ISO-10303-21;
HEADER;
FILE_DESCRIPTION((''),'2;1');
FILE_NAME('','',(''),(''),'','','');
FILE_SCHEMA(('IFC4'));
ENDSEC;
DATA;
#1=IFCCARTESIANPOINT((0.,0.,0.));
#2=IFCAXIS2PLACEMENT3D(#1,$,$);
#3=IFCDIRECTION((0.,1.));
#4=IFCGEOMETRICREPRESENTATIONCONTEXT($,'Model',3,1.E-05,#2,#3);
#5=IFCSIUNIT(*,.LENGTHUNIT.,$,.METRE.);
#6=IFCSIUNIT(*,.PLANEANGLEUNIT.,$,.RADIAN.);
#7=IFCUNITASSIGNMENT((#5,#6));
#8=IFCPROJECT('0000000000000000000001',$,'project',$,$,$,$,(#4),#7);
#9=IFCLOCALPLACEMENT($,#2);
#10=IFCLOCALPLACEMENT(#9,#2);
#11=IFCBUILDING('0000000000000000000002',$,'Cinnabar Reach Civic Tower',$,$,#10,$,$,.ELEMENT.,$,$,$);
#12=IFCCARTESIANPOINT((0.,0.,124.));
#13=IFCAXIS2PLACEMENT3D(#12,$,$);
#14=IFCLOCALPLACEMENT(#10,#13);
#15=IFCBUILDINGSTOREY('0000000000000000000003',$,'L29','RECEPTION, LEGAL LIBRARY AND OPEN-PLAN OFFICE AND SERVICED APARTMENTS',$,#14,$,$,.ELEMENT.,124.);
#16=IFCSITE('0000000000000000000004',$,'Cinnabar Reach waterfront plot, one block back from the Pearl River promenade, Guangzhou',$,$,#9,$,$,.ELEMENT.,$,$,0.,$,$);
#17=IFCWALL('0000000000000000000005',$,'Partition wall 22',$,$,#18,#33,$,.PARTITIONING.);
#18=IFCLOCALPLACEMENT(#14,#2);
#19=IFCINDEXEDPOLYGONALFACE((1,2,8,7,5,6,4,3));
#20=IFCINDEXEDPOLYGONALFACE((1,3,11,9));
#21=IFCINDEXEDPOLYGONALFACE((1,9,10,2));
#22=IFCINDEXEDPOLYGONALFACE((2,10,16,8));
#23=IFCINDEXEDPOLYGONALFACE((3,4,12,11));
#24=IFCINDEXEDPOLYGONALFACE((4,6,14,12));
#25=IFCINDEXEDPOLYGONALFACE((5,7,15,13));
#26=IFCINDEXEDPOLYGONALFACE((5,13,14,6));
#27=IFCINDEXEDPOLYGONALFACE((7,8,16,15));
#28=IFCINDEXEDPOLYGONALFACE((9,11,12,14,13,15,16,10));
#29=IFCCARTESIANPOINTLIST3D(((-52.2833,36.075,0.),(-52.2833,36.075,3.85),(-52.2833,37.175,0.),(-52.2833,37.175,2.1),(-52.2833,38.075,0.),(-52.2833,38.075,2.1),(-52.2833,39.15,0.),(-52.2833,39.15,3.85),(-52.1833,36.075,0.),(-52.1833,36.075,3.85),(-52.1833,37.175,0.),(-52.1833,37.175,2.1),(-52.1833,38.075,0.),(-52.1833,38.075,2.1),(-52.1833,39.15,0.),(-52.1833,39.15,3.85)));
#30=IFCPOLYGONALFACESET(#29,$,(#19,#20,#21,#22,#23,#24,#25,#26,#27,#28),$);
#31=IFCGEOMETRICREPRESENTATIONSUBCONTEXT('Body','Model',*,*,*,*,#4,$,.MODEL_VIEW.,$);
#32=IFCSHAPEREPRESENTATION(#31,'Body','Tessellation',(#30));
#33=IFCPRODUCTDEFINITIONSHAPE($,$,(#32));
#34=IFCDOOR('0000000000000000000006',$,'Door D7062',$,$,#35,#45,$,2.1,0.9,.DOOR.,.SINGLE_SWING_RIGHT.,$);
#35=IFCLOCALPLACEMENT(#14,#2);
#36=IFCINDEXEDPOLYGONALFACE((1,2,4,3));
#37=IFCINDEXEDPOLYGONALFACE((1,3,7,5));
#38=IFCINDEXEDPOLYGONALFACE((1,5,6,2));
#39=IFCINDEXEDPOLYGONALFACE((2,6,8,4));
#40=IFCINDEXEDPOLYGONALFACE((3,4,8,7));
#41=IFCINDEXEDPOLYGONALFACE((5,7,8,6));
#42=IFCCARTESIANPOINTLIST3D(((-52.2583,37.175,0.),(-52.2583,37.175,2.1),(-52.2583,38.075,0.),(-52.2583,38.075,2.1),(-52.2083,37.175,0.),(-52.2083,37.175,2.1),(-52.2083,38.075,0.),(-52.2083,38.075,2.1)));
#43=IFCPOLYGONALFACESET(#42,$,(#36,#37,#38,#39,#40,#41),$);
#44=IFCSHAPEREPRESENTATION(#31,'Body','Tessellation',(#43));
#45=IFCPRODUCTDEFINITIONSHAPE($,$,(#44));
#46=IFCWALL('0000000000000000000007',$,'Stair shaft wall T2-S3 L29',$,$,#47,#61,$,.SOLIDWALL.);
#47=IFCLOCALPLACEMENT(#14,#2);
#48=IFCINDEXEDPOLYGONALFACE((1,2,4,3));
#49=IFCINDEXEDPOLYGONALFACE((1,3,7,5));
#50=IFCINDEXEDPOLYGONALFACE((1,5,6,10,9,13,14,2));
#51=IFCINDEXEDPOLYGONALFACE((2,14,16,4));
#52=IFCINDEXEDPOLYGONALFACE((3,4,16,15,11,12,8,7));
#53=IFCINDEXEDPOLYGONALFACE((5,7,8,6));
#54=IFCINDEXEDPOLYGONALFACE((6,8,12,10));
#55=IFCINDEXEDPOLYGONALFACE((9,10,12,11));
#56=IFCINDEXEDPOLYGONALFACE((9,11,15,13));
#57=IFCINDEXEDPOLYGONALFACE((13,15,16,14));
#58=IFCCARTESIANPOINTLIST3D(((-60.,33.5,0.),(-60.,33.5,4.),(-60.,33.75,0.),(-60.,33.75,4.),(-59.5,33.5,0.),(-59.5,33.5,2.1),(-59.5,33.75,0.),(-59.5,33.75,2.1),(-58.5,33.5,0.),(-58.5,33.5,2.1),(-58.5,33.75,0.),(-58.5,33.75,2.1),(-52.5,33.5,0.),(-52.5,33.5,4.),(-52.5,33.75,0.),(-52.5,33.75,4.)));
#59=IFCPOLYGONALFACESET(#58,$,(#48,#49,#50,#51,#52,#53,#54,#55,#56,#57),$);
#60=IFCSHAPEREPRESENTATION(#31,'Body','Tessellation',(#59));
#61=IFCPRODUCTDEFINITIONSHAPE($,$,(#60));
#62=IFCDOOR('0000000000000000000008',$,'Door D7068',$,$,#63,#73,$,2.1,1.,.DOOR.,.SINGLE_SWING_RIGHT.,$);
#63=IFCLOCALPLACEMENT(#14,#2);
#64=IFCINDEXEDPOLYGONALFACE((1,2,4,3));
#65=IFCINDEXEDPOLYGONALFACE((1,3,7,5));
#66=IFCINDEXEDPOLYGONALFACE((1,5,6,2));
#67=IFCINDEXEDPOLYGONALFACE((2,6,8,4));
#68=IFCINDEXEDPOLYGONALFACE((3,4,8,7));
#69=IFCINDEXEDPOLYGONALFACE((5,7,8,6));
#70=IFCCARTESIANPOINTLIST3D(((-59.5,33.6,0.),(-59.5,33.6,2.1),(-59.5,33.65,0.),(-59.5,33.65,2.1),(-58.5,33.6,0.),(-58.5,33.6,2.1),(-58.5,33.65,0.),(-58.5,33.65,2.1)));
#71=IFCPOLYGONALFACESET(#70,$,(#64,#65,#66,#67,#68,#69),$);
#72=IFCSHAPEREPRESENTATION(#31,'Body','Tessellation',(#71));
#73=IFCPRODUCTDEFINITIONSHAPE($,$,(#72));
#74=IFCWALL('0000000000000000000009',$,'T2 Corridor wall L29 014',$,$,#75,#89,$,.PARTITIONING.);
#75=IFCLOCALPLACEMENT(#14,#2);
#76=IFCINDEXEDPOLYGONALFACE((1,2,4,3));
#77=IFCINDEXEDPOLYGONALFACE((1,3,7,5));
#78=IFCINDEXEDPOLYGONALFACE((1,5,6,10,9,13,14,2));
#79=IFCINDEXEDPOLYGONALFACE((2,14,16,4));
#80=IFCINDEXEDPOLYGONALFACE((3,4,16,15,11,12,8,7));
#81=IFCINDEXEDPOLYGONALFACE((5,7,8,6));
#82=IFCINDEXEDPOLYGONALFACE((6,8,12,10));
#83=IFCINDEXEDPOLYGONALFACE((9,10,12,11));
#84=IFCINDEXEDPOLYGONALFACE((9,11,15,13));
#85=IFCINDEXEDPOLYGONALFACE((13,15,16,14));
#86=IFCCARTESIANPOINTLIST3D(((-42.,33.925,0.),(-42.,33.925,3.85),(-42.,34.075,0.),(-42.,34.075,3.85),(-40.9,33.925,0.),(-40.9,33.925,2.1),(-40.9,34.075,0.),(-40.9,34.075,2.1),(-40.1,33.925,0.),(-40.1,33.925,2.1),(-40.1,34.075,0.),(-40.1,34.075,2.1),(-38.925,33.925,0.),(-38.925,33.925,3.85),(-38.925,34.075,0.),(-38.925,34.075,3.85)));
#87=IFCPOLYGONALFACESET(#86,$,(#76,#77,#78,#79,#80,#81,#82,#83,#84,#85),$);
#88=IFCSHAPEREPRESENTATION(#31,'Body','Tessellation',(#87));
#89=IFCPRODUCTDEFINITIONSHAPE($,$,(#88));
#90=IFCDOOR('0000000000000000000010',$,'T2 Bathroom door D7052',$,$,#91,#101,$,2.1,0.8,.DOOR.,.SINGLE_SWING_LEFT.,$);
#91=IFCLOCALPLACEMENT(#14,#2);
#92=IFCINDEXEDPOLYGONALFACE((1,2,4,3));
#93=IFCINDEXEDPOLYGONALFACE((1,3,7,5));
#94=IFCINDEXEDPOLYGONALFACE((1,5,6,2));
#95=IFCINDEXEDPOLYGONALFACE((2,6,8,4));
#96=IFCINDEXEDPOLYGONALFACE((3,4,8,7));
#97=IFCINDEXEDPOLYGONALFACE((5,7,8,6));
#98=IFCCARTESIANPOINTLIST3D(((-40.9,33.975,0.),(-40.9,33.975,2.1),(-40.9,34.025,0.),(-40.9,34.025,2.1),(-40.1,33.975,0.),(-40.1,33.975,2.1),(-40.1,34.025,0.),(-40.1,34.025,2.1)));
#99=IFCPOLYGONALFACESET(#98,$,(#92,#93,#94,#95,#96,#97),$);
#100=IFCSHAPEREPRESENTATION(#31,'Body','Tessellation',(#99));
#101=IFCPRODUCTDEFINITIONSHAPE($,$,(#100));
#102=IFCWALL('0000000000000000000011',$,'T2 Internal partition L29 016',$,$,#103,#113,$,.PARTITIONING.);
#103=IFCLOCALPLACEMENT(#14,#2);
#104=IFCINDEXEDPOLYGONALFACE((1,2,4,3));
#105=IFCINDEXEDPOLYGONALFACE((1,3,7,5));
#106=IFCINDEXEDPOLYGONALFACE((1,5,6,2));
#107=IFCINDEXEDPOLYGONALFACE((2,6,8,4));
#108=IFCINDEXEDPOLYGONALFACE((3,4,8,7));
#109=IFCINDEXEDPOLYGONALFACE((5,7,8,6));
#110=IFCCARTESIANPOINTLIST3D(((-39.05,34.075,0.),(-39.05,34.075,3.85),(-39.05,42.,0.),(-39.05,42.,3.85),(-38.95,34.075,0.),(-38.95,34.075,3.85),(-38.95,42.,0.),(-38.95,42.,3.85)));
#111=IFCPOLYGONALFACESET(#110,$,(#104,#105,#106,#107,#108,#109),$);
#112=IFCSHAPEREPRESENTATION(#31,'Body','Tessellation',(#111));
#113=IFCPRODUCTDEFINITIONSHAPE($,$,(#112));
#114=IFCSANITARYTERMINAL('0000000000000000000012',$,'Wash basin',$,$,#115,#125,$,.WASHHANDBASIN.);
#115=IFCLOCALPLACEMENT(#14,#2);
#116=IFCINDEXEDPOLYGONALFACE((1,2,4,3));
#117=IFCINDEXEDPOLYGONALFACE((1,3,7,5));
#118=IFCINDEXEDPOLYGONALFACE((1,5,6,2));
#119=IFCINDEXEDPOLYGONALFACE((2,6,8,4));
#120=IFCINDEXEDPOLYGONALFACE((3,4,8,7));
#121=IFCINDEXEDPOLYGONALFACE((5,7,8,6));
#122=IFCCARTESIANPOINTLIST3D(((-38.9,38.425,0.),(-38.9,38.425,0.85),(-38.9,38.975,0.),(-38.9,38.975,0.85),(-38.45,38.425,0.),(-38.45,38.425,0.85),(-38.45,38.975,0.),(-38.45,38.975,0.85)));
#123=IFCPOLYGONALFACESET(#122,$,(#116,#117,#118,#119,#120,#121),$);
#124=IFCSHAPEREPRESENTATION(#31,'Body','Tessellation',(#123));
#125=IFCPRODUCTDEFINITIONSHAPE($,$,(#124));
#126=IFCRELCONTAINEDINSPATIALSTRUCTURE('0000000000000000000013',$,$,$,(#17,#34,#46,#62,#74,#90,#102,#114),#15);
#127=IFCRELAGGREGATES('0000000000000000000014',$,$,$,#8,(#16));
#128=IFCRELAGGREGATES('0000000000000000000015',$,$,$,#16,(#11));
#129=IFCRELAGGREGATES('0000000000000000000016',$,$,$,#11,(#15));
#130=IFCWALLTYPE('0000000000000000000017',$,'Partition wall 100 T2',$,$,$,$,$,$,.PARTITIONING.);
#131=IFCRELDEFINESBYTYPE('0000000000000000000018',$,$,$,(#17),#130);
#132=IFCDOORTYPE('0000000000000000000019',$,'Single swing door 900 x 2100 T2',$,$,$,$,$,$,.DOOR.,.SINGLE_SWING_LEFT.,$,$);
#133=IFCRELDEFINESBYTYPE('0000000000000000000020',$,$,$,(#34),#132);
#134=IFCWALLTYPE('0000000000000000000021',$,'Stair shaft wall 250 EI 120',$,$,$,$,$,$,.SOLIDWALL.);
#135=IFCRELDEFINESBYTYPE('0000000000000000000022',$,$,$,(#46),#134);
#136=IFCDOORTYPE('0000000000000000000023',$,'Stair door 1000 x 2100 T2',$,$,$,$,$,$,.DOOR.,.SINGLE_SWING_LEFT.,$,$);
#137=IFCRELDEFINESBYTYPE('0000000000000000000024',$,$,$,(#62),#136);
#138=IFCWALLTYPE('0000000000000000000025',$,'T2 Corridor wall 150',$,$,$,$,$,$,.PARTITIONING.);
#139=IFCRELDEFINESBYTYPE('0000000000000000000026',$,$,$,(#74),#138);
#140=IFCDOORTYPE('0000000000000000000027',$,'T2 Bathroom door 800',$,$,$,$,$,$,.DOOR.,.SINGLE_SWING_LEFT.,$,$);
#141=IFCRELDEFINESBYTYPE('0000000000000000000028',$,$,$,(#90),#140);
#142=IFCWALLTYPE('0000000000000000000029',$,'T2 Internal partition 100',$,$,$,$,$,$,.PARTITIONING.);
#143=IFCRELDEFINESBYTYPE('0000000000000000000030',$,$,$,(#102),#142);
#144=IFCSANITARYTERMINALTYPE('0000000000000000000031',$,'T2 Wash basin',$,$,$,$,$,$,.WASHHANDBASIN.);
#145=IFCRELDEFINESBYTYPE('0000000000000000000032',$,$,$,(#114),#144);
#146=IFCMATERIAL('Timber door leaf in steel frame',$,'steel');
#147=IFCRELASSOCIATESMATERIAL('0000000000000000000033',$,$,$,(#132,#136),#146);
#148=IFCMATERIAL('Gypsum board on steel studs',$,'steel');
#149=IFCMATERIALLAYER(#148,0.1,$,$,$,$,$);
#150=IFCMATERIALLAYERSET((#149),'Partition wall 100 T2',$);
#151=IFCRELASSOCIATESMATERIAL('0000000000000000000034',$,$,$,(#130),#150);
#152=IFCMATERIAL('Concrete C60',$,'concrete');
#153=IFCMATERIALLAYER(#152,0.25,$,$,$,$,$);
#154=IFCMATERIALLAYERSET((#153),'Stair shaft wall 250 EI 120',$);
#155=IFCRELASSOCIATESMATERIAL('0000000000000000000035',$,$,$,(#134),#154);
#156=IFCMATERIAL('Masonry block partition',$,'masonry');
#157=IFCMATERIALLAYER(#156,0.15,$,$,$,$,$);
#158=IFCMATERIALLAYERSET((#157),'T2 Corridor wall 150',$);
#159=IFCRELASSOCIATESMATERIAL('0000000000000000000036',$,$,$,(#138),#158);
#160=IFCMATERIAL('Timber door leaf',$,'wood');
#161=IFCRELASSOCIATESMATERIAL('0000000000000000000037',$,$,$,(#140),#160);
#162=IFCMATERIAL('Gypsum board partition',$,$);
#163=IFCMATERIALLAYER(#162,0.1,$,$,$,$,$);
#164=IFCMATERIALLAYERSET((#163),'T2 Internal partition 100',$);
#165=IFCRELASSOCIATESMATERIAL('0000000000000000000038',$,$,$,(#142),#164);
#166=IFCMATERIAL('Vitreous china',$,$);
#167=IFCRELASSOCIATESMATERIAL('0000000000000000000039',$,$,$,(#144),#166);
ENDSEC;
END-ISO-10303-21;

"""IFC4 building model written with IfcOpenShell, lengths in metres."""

from ifc_helpers import new_model, si_unit, direction, frame, frame_2d, origin, origin_2d, place, context, subcontext, project, spatial, rectangle, extrude, material, layer, layer_set, type_object, element, fill, save


model = new_model("IFC4")

# Units and contexts
model_context = context("Model", 3, precision=1e-05, world=origin(), true_north=direction((0.0, 1.0)))
body_context = subcontext(model_context, "Body", "Model", "MODEL_VIEW")
ifc_project = project(units=[si_unit("LENGTHUNIT", "METRE"), si_unit("PLANEANGLEUNIT", "RADIAN")], contexts=[model_context])

# Site, building, storey
site_placement = place(None, origin())
site = spatial("IfcSite", under=ifc_project, at=site_placement, Name="Cinnabar Reach waterfront plot, one block back from the Pearl River promenade, Guangzhou", CompositionType="ELEMENT", RefElevation=0.0)
building_placement = place(site_placement, origin())
building = spatial("IfcBuilding", under=site, at=building_placement, Name="Cinnabar Reach Civic Tower", CompositionType="ELEMENT")
storey_placement = place(building_placement, frame((0.0, 0.0, 124.0)))
storey = spatial("IfcBuildingStorey", under=building, at=storey_placement, Name="L29", Description="RECEPTION, LEGAL LIBRARY AND OPEN-PLAN OFFICE AND SERVICED APARTMENTS", CompositionType="ELEMENT", Elevation=124.0)

# Shared definitions
ifc_material_1 = material(Name="Concrete C60", Category="concrete")

# Shared definitions
ifc_material_2 = material(Name="Timber door leaf in steel frame", Category="steel")
door_type_1 = type_object("IfcDoorType", Name="Single swing door 900 x 2100 T2", OperationType="SINGLE_SWING_LEFT", PredefinedType="DOOR", material=ifc_material_2)

# Shared definitions
ifc_material_3 = material(Name="Gypsum board on steel studs", Category="steel")
ifc_layer_1 = layer(ifc_material_3, 0.1)
ifc_layer_set_1 = layer_set([ifc_layer_1], Name="Partition wall 100 T2")
wall_type_1 = type_object("IfcWallType", Name="Partition wall 100 T2", PredefinedType="PARTITIONING", material=ifc_layer_set_1)

# Walls, openings, doors
wall_1_placement = place(storey_placement, frame((-52.2333, 36.075, 0.0), z_axis=(0.0, 0.0, 1.0), x_axis=(0.0, 1.0, 0.0)))
wall_1 = element("IfcWall", 1, at=wall_1_placement, inside=storey, type_object=wall_type_1, Name="Partition wall 22", PredefinedType="PARTITIONING", context=body_context, shape_type="SweptSolid", body=[
    extrude(rectangle(XDim=3.075, YDim=0.1, at=frame_2d((1.5375, 0.0))), origin(), (0.0, 0.0, 1.0), 3.85),
])
opening_1_placement = place(wall_1_placement, frame((1.1, 0.0, 0.0)))
opening_1 = element("IfcOpeningElement", 2, at=opening_1_placement, cuts=wall_1, PredefinedType="OPENING", context=body_context, shape_type="SweptSolid", body=[
    extrude(rectangle(XDim=0.9, YDim=2.1, at=frame_2d((0.45, 1.05))), frame((0.0, 0.06, 0.0), z_axis=(0.0, -1.0, 0.0), x_axis=(1.0, 0.0, 0.0)), (0.0, 0.0, 1.0), 0.12),
])
door_1_placement = place(opening_1_placement, origin())
door_1 = element("IfcDoor", 3, at=door_1_placement, inside=storey, type_object=door_type_1, Name="Door D7062", OperationType="SINGLE_SWING_RIGHT", OverallHeight=2.1, OverallWidth=0.9, PredefinedType="DOOR", context=body_context, shape_type="SweptSolid", body=[
    extrude(rectangle(XDim=0.9, YDim=2.1, at=frame_2d((0.45, 1.05))), frame((0.0, 0.025, 0.0), z_axis=(0.0, -1.0, 0.0), x_axis=(1.0, 0.0, 0.0)), (0.0, 0.0, 1.0), 0.05),
])
fill(opening_1, door_1)
ifc_layer_2 = layer(ifc_material_1, 0.25)
ifc_layer_set_2 = layer_set([ifc_layer_2], Name="Stair shaft wall 250 EI 120")
wall_type_2 = type_object("IfcWallType", Name="Stair shaft wall 250 EI 120", PredefinedType="SOLIDWALL", material=ifc_layer_set_2)
wall_2_placement = place(storey_placement, frame((-52.5, 33.625, 0.0), z_axis=(0.0, 0.0, 1.0), x_axis=(-1.0, 0.0, 0.0)))
wall_2 = element("IfcWall", 4, at=wall_2_placement, inside=storey, type_object=wall_type_2, Name="Stair shaft wall T2-S3 L29", PredefinedType="SOLIDWALL", context=body_context, shape_type="SweptSolid", body=[
    extrude(rectangle(XDim=7.5, YDim=0.25, at=frame_2d((3.75, 0.0))), origin(), (0.0, 0.0, 1.0), 4.0),
])
opening_2_placement = place(wall_2_placement, frame((6.0, 0.0, 0.0)))
opening_2 = element("IfcOpeningElement", 5, at=opening_2_placement, cuts=wall_2, PredefinedType="OPENING", context=body_context, shape_type="SweptSolid", body=[
    extrude(rectangle(XDim=1.0, YDim=2.1, at=frame_2d((0.5, 1.05))), frame((0.0, 0.135, 0.0), z_axis=(0.0, -1.0, 0.0), x_axis=(1.0, 0.0, 0.0)), (0.0, 0.0, 1.0), 0.27),
])
door_type_2 = type_object("IfcDoorType", Name="Stair door 1000 x 2100 T2", OperationType="SINGLE_SWING_LEFT", PredefinedType="DOOR", material=ifc_material_2)
door_2_placement = place(opening_2_placement, origin())
door_2 = element("IfcDoor", 6, at=door_2_placement, inside=storey, type_object=door_type_2, Name="Door D7068", OperationType="SINGLE_SWING_RIGHT", OverallHeight=2.1, OverallWidth=1.0, PredefinedType="DOOR", context=body_context, shape_type="SweptSolid", body=[
    extrude(rectangle(XDim=1.0, YDim=2.1, at=frame_2d((0.5, 1.05))), frame((0.0, 0.025, 0.0), z_axis=(0.0, -1.0, 0.0), x_axis=(1.0, 0.0, 0.0)), (0.0, 0.0, 1.0), 0.05),
])
fill(opening_2, door_2)
ifc_material_4 = material(Name="Masonry block partition", Category="masonry")
ifc_layer_3 = layer(ifc_material_4, 0.15)
ifc_layer_set_3 = layer_set([ifc_layer_3], Name="T2 Corridor wall 150")
wall_type_3 = type_object("IfcWallType", Name="T2 Corridor wall 150", PredefinedType="PARTITIONING", material=ifc_layer_set_3)
wall_3_placement = place(storey_placement, frame((-38.925, 34.0, 0.0), z_axis=(0.0, 0.0, 1.0), x_axis=(-1.0, 0.0, 0.0)))
wall_3 = element("IfcWall", 7, at=wall_3_placement, inside=storey, type_object=wall_type_3, Name="T2 Corridor wall L29 014", PredefinedType="PARTITIONING", context=body_context, shape_type="SweptSolid", body=[
    extrude(rectangle(XDim=3.075, YDim=0.15, at=frame_2d((1.5375, 0.0))), origin(), (0.0, 0.0, 1.0), 3.85),
])
opening_3_placement = place(wall_3_placement, frame((1.175, 0.0, 0.0)))
opening_3 = element("IfcOpeningElement", 8, at=opening_3_placement, cuts=wall_3, PredefinedType="OPENING", context=body_context, shape_type="SweptSolid", body=[
    extrude(rectangle(XDim=0.8, YDim=2.1, at=frame_2d((0.4, 1.05))), frame((0.0, 0.085, 0.0), z_axis=(0.0, -1.0, 0.0), x_axis=(1.0, 0.0, 0.0)), (0.0, 0.0, 1.0), 0.17),
])
ifc_material_5 = material(Name="Timber door leaf", Category="wood")
door_type_3 = type_object("IfcDoorType", Name="T2 Bathroom door 800", OperationType="SINGLE_SWING_LEFT", PredefinedType="DOOR", material=ifc_material_5)
door_3_placement = place(opening_3_placement, frame((0.8, 0.0, 0.0), z_axis=(0.0, 0.0, 1.0), x_axis=(-1.0, 0.0, 0.0)))
door_3 = element("IfcDoor", 9, at=door_3_placement, inside=storey, type_object=door_type_3, Name="T2 Bathroom door D7052", OperationType="SINGLE_SWING_LEFT", OverallHeight=2.1, OverallWidth=0.8, PredefinedType="DOOR", context=body_context, shape_type="SweptSolid", body=[
    extrude(rectangle(XDim=0.8, YDim=2.1, at=frame_2d((0.4, 1.05))), frame((0.0, 0.025, 0.0), z_axis=(0.0, -1.0, 0.0), x_axis=(1.0, 0.0, 0.0)), (0.0, 0.0, 1.0), 0.05),
])
fill(opening_3, door_3)

# Wall
ifc_material_6 = material(Name="Gypsum board partition")
ifc_layer_4 = layer(ifc_material_6, 0.1)
ifc_layer_set_4 = layer_set([ifc_layer_4], Name="T2 Internal partition 100")
wall_type_4 = type_object("IfcWallType", Name="T2 Internal partition 100", PredefinedType="PARTITIONING", material=ifc_layer_set_4)
wall_4_placement = place(storey_placement, frame((-39.0, 34.075, 0.0), z_axis=(0.0, 0.0, 1.0), x_axis=(0.0, 1.0, 0.0)))
element("IfcWall", 10, at=wall_4_placement, inside=storey, type_object=wall_type_4, Name="T2 Internal partition L29 016", PredefinedType="PARTITIONING", context=body_context, shape_type="SweptSolid", body=[
    extrude(rectangle(XDim=7.925, YDim=0.1, at=frame_2d((3.9625, 0.0))), origin(), (0.0, 0.0, 1.0), 3.85),
])

# Sanitary terminal
ifc_material_7 = material(Name="Vitreous china")
sanitary_terminal_type = type_object("IfcSanitaryTerminalType", Name="T2 Wash basin", PredefinedType="WASHHANDBASIN", material=ifc_material_7)
sanitary_terminal_placement = place(storey_placement, frame((-38.675, 38.7, 0.0), z_axis=(0.0, 0.0, 1.0), x_axis=(1.0, 0.0, 0.0)))
element("IfcSanitaryTerminal", 11, at=sanitary_terminal_placement, inside=storey, type_object=sanitary_terminal_type, Name="Wash basin", PredefinedType="WASHHANDBASIN", context=body_context, shape_type="SweptSolid", body=[
    extrude(rectangle(XDim=0.45, YDim=0.55, at=origin_2d()), origin(), (0.0, 0.0, 1.0), 0.85),
])

save(model, "model.ifc")
